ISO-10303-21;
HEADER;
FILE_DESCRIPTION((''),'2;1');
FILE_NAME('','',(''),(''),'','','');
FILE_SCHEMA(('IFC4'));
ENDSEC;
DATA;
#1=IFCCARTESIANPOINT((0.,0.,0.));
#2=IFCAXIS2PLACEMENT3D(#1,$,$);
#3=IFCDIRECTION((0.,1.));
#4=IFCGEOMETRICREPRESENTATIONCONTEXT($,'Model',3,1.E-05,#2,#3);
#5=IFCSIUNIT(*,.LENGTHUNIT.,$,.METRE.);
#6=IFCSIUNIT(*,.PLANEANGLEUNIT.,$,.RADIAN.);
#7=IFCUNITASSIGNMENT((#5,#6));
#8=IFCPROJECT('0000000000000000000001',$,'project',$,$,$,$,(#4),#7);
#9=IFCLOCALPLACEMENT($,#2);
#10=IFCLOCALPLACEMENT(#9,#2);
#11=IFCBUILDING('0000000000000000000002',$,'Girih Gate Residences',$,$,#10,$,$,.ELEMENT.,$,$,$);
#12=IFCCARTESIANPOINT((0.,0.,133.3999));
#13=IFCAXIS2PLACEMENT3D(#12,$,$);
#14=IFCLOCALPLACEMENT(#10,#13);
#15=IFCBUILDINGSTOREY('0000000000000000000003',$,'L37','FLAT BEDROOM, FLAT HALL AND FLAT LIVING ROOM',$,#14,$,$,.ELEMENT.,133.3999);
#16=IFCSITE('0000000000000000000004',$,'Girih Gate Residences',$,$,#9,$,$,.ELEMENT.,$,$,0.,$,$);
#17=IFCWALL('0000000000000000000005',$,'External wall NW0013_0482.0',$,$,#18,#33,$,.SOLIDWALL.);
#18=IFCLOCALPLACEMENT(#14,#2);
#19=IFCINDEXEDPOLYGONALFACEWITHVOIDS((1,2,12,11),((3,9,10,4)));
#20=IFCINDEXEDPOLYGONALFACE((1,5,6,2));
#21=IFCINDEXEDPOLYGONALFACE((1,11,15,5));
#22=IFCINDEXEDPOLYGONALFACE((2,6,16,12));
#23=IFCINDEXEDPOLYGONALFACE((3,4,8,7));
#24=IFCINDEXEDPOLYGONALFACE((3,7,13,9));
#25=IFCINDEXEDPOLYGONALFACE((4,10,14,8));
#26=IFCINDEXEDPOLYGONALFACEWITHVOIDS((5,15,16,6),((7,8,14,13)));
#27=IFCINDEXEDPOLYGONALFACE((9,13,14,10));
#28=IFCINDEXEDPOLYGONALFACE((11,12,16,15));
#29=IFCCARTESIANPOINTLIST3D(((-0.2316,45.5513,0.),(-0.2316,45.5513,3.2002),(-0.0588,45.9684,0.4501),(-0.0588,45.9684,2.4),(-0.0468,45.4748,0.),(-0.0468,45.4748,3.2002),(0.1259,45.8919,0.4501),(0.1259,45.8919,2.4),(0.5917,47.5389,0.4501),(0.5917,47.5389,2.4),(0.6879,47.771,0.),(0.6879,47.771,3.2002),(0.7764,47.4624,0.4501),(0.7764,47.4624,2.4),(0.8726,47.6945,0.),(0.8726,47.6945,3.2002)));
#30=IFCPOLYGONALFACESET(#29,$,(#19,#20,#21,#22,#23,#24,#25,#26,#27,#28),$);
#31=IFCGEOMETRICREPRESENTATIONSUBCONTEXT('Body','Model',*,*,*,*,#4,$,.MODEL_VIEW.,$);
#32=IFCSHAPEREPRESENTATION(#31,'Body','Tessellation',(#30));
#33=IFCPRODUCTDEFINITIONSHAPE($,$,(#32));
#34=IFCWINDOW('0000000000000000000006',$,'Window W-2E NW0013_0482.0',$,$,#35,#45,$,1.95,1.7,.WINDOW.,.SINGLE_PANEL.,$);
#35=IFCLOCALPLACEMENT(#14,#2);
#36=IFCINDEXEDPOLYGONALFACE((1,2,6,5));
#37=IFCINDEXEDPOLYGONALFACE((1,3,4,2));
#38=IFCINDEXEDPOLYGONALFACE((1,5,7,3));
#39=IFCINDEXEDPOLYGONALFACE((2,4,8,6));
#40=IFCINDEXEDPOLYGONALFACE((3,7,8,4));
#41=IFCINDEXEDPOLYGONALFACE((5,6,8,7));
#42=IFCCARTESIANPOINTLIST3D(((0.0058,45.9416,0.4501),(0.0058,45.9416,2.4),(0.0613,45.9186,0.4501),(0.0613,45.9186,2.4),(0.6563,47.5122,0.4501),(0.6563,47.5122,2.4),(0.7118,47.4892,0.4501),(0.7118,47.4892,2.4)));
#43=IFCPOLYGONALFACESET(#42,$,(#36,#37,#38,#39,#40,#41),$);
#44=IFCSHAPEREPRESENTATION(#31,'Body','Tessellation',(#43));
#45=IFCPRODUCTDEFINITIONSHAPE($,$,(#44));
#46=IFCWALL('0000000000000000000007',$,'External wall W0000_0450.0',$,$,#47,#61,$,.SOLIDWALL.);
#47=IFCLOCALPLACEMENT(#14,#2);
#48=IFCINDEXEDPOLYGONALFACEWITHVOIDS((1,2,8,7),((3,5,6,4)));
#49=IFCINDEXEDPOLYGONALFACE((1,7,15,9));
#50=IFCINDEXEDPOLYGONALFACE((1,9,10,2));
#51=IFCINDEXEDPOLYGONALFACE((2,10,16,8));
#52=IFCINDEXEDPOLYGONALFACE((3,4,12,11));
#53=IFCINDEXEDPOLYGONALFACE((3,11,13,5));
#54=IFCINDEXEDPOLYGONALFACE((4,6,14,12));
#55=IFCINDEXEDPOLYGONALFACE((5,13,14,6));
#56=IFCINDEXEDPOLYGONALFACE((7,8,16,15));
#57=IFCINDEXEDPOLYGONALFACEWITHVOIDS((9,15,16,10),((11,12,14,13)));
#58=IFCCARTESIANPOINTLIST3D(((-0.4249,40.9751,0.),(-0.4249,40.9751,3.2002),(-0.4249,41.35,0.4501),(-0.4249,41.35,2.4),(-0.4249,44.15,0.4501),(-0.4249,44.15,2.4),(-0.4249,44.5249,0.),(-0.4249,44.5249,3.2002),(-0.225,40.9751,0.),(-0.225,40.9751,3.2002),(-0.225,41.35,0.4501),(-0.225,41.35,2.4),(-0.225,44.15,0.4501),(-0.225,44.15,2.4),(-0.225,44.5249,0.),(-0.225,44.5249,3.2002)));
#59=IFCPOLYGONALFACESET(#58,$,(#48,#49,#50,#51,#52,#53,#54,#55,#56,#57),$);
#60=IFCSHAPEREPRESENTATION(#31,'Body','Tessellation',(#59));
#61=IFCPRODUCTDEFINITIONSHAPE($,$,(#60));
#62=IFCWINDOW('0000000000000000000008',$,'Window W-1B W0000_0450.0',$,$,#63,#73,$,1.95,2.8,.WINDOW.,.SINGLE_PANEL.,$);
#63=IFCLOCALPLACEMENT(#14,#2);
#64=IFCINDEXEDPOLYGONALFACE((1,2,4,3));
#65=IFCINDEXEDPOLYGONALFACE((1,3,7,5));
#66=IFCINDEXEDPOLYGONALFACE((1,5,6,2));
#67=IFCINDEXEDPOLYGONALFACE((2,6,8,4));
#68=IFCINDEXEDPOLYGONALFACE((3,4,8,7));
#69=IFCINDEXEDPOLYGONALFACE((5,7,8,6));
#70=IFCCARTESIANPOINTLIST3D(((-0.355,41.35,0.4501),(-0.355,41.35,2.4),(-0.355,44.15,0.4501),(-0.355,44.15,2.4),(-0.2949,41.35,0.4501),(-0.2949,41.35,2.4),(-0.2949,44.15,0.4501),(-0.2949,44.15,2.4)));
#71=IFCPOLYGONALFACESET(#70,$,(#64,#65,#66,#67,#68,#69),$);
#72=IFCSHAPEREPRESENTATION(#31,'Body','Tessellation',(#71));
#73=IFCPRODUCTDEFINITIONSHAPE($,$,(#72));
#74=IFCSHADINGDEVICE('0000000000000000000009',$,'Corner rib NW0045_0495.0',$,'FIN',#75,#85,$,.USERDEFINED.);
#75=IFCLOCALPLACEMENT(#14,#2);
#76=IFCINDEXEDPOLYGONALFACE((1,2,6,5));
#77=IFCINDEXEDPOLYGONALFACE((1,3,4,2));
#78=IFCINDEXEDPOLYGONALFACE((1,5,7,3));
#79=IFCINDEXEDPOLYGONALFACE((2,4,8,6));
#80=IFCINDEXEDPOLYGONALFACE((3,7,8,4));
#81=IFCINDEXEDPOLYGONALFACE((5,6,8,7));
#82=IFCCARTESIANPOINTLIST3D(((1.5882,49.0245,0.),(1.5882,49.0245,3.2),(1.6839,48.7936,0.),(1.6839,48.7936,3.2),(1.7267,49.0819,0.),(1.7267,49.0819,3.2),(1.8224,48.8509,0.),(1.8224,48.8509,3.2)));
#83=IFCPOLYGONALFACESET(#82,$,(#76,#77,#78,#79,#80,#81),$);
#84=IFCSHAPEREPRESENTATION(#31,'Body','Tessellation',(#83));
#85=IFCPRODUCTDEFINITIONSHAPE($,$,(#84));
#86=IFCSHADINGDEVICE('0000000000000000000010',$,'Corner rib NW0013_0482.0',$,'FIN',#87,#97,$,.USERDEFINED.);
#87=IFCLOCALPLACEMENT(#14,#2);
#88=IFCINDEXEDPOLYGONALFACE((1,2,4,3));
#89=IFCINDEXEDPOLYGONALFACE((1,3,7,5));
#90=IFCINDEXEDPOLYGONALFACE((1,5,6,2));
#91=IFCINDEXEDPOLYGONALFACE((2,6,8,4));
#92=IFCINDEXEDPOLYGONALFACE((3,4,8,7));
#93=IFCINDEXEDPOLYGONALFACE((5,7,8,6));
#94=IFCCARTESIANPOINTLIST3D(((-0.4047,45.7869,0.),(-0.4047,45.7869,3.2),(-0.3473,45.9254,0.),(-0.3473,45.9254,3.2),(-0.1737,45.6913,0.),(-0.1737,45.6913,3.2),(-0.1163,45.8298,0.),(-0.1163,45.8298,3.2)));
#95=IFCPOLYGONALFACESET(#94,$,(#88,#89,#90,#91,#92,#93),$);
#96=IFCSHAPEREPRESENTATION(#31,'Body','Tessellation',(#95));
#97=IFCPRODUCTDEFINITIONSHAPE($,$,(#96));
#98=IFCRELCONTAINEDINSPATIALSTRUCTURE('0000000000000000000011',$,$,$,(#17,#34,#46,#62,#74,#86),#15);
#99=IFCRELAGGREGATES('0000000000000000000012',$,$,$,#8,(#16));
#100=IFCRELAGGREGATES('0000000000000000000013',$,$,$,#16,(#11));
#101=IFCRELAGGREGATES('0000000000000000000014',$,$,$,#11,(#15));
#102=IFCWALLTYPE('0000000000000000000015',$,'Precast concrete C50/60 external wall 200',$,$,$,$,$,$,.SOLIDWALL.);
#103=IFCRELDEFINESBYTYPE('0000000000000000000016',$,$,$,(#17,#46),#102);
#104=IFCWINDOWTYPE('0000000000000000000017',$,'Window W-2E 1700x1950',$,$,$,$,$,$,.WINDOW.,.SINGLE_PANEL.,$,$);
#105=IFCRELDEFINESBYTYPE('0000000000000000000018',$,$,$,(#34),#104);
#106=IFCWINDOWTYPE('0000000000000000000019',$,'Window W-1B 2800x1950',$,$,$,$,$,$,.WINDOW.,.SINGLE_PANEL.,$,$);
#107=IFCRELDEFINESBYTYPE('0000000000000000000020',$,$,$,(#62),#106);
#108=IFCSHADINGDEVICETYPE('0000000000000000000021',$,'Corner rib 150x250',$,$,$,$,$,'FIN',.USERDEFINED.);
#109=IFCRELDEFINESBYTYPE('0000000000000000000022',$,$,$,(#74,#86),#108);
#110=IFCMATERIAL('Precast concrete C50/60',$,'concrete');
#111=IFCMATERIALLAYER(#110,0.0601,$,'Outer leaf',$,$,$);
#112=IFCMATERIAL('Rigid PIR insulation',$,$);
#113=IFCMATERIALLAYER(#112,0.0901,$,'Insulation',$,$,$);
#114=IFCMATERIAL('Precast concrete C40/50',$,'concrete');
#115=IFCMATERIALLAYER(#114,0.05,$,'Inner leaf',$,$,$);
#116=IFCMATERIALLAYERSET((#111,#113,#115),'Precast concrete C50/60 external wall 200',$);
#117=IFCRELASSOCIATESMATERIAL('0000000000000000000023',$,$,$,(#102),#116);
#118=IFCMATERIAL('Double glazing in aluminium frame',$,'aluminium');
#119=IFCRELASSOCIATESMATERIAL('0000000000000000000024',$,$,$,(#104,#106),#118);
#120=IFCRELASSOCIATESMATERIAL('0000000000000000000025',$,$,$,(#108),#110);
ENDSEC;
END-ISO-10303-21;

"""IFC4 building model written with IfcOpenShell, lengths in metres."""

from ifc_helpers import new_model, si_unit, direction, frame, frame_2d, origin, origin_2d, place, context, subcontext, project, spatial, rectangle, extrude, material, layer, layer_set, type_object, element, fill, save


model = new_model("IFC4")

# Units and contexts
model_context = context("Model", 3, precision=1e-05, world=origin(), true_north=direction((0.0, 1.0)))
body_context = subcontext(model_context, "Body", "Model", "MODEL_VIEW")
ifc_project = project(units=[si_unit("LENGTHUNIT", "METRE"), si_unit("PLANEANGLEUNIT", "RADIAN")], contexts=[model_context])

# Site, building, storey
site_placement = place(None, origin())
site = spatial("IfcSite", under=ifc_project, at=site_placement, Name="Girih Gate Residences", CompositionType="ELEMENT", RefElevation=0.0)
building_placement = place(site_placement, origin())
building = spatial("IfcBuilding", under=site, at=building_placement, Name="Girih Gate Residences", CompositionType="ELEMENT")
storey_placement = place(building_placement, frame((0.0, 0.0, 133.3999)))
storey = spatial("IfcBuildingStorey", under=building, at=storey_placement, Name="L37", Description="FLAT BEDROOM, FLAT HALL AND FLAT LIVING ROOM", CompositionType="ELEMENT", Elevation=133.3999)

# Walls, openings, windows
ifc_material_1 = material(Name="Precast concrete C50/60", Category="concrete")
ifc_layer_1 = layer(ifc_material_1, 0.0601, Name="Outer leaf")
ifc_material_2 = material(Name="Rigid PIR insulation")
ifc_layer_2 = layer(ifc_material_2, 0.0901, Name="Insulation")
ifc_material_3 = material(Name="Precast concrete C40/50", Category="concrete")
ifc_layer_3 = layer(ifc_material_3, 0.05, Name="Inner leaf")
ifc_layer_set_1 = layer_set([ifc_layer_1, ifc_layer_2, ifc_layer_3], Name="Precast concrete C50/60 external wall 200")
wall_type_1 = type_object("IfcWallType", Name="Precast concrete C50/60 external wall 200", PredefinedType="SOLIDWALL", material=ifc_layer_set_1)
ifc_material_4 = material(Name="Double glazing in aluminium frame", Category="aluminium")
window_type_1 = type_object("IfcWindowType", Name="Window W-2E 1700x1950", PartitioningType="SINGLE_PANEL", PredefinedType="WINDOW", material=ifc_material_4)
wall_1_placement = place(storey_placement, frame((-0.1392, 45.5132, 0.0), z_axis=(0.0, 0.0, 1.0), x_axis=(0.382681, 0.923881, 0.0)))
wall_1 = element("IfcWall", 1, at=wall_1_placement, inside=storey, type_object=wall_type_1, Name="External wall NW0013_0482.0", PredefinedType="SOLIDWALL", context=body_context, shape_type="SweptSolid", body=[
    extrude(rectangle(XDim=2.4026, YDim=0.2, at=frame_2d((1.2012, 0.0))), origin(), (0.0, 0.0, 1.0), 3.2002),
])
opening_1_placement = place(wall_1_placement, frame((0.4512, 0.0, 0.45)))
opening_1 = element("IfcOpeningElement", 2, at=opening_1_placement, cuts=wall_1, PredefinedType="OPENING", context=body_context, shape_type="SweptSolid", body=[
    extrude(rectangle(XDim=1.7, YDim=1.95, at=frame_2d((0.8501, 0.9751))), frame((0.0, 0.1099, 0.0), z_axis=(0.0, -1.0, 0.0), x_axis=(1.0, 0.0, 0.0)), (0.0, 0.0, 1.0), 0.22),
])
window_1_placement = place(opening_1_placement, origin())
window_1 = element("IfcWindow", 3, at=window_1_placement, inside=storey, type_object=window_type_1, Name="Window W-2E NW0013_0482.0", OverallHeight=1.95, OverallWidth=1.7, PartitioningType="SINGLE_PANEL", PredefinedType="WINDOW", context=body_context, shape_type="SweptSolid", body=[
    extrude(rectangle(XDim=1.7, YDim=1.95, at=frame_2d((0.8501, 0.9751))), frame((0.0, 0.03, 0.0), z_axis=(0.0, -1.0, 0.0), x_axis=(1.0, 0.0, 0.0)), (0.0, 0.0, 1.0), 0.0601),
])
fill(opening_1, window_1)
wall_2_placement = place(storey_placement, frame((-0.325, 40.9751, 0.0), z_axis=(0.0, 0.0, 1.0), x_axis=(0.0, 1.0, 0.0)))
wall_2 = element("IfcWall", 4, at=wall_2_placement, inside=storey, type_object=wall_type_1, Name="External wall W0000_0450.0", PredefinedType="SOLIDWALL", context=body_context, shape_type="SweptSolid", body=[
    extrude(rectangle(XDim=3.5498, YDim=0.2, at=frame_2d((1.7749, 0.0))), origin(), (0.0, 0.0, 1.0), 3.2002),
])
opening_2_placement = place(wall_2_placement, frame((0.375, 0.0, 0.45)))
opening_2 = element("IfcOpeningElement", 5, at=opening_2_placement, cuts=wall_2, PredefinedType="OPENING", context=body_context, shape_type="SweptSolid", body=[
    extrude(rectangle(XDim=2.8, YDim=1.95, at=frame_2d((1.3999, 0.9751))), frame((0.0, 0.1099, 0.0), z_axis=(0.0, -1.0, 0.0), x_axis=(1.0, 0.0, 0.0)), (0.0, 0.0, 1.0), 0.22),
])
window_type_2 = type_object("IfcWindowType", Name="Window W-1B 2800x1950", PartitioningType="SINGLE_PANEL", PredefinedType="WINDOW", material=ifc_material_4)
window_2_placement = place(opening_2_placement, origin())
window_2 = element("IfcWindow", 6, at=window_2_placement, inside=storey, type_object=window_type_2, Name="Window W-1B W0000_0450.0", OverallHeight=1.95, OverallWidth=2.8, PartitioningType="SINGLE_PANEL", PredefinedType="WINDOW", context=body_context, shape_type="SweptSolid", body=[
    extrude(rectangle(XDim=2.8, YDim=1.95, at=frame_2d((1.3999, 0.9751))), frame((0.0, 0.03, 0.0), z_axis=(0.0, -1.0, 0.0), x_axis=(1.0, 0.0, 0.0)), (0.0, 0.0, 1.0), 0.0601),
])
fill(opening_2, window_2)

# Shading devices
shading_device_type = type_object("IfcShadingDeviceType", Name="Corner rib 150x250", ElementType="FIN", PredefinedType="USERDEFINED", material=ifc_material_1)
for number, where, z_axis, x_axis, name in (
    (7, (1.7053, 48.9377, 0.0), (0.0, 0.0, 1.0), (-0.92388, -0.382683, 0.0), "Corner rib NW0045_0495.0"),
    (8, (-0.2605, 45.8083, 0.0), (0.0, 0.0, 1.0), (-0.382683, -0.92388, 0.0), "Corner rib NW0013_0482.0"),
):
    element("IfcShadingDevice", number, at=place(storey_placement, frame(where, z_axis=z_axis, x_axis=x_axis)), inside=storey, type_object=shading_device_type, Name=name, ObjectType="FIN", PredefinedType="USERDEFINED", context=body_context, shape_type="SweptSolid", body=[
        extrude(rectangle(XDim=0.1499, YDim=0.25, at=origin_2d()), origin(), (0.0, 0.0, 1.0), 3.2),
    ])

save(model, "model.ifc")
